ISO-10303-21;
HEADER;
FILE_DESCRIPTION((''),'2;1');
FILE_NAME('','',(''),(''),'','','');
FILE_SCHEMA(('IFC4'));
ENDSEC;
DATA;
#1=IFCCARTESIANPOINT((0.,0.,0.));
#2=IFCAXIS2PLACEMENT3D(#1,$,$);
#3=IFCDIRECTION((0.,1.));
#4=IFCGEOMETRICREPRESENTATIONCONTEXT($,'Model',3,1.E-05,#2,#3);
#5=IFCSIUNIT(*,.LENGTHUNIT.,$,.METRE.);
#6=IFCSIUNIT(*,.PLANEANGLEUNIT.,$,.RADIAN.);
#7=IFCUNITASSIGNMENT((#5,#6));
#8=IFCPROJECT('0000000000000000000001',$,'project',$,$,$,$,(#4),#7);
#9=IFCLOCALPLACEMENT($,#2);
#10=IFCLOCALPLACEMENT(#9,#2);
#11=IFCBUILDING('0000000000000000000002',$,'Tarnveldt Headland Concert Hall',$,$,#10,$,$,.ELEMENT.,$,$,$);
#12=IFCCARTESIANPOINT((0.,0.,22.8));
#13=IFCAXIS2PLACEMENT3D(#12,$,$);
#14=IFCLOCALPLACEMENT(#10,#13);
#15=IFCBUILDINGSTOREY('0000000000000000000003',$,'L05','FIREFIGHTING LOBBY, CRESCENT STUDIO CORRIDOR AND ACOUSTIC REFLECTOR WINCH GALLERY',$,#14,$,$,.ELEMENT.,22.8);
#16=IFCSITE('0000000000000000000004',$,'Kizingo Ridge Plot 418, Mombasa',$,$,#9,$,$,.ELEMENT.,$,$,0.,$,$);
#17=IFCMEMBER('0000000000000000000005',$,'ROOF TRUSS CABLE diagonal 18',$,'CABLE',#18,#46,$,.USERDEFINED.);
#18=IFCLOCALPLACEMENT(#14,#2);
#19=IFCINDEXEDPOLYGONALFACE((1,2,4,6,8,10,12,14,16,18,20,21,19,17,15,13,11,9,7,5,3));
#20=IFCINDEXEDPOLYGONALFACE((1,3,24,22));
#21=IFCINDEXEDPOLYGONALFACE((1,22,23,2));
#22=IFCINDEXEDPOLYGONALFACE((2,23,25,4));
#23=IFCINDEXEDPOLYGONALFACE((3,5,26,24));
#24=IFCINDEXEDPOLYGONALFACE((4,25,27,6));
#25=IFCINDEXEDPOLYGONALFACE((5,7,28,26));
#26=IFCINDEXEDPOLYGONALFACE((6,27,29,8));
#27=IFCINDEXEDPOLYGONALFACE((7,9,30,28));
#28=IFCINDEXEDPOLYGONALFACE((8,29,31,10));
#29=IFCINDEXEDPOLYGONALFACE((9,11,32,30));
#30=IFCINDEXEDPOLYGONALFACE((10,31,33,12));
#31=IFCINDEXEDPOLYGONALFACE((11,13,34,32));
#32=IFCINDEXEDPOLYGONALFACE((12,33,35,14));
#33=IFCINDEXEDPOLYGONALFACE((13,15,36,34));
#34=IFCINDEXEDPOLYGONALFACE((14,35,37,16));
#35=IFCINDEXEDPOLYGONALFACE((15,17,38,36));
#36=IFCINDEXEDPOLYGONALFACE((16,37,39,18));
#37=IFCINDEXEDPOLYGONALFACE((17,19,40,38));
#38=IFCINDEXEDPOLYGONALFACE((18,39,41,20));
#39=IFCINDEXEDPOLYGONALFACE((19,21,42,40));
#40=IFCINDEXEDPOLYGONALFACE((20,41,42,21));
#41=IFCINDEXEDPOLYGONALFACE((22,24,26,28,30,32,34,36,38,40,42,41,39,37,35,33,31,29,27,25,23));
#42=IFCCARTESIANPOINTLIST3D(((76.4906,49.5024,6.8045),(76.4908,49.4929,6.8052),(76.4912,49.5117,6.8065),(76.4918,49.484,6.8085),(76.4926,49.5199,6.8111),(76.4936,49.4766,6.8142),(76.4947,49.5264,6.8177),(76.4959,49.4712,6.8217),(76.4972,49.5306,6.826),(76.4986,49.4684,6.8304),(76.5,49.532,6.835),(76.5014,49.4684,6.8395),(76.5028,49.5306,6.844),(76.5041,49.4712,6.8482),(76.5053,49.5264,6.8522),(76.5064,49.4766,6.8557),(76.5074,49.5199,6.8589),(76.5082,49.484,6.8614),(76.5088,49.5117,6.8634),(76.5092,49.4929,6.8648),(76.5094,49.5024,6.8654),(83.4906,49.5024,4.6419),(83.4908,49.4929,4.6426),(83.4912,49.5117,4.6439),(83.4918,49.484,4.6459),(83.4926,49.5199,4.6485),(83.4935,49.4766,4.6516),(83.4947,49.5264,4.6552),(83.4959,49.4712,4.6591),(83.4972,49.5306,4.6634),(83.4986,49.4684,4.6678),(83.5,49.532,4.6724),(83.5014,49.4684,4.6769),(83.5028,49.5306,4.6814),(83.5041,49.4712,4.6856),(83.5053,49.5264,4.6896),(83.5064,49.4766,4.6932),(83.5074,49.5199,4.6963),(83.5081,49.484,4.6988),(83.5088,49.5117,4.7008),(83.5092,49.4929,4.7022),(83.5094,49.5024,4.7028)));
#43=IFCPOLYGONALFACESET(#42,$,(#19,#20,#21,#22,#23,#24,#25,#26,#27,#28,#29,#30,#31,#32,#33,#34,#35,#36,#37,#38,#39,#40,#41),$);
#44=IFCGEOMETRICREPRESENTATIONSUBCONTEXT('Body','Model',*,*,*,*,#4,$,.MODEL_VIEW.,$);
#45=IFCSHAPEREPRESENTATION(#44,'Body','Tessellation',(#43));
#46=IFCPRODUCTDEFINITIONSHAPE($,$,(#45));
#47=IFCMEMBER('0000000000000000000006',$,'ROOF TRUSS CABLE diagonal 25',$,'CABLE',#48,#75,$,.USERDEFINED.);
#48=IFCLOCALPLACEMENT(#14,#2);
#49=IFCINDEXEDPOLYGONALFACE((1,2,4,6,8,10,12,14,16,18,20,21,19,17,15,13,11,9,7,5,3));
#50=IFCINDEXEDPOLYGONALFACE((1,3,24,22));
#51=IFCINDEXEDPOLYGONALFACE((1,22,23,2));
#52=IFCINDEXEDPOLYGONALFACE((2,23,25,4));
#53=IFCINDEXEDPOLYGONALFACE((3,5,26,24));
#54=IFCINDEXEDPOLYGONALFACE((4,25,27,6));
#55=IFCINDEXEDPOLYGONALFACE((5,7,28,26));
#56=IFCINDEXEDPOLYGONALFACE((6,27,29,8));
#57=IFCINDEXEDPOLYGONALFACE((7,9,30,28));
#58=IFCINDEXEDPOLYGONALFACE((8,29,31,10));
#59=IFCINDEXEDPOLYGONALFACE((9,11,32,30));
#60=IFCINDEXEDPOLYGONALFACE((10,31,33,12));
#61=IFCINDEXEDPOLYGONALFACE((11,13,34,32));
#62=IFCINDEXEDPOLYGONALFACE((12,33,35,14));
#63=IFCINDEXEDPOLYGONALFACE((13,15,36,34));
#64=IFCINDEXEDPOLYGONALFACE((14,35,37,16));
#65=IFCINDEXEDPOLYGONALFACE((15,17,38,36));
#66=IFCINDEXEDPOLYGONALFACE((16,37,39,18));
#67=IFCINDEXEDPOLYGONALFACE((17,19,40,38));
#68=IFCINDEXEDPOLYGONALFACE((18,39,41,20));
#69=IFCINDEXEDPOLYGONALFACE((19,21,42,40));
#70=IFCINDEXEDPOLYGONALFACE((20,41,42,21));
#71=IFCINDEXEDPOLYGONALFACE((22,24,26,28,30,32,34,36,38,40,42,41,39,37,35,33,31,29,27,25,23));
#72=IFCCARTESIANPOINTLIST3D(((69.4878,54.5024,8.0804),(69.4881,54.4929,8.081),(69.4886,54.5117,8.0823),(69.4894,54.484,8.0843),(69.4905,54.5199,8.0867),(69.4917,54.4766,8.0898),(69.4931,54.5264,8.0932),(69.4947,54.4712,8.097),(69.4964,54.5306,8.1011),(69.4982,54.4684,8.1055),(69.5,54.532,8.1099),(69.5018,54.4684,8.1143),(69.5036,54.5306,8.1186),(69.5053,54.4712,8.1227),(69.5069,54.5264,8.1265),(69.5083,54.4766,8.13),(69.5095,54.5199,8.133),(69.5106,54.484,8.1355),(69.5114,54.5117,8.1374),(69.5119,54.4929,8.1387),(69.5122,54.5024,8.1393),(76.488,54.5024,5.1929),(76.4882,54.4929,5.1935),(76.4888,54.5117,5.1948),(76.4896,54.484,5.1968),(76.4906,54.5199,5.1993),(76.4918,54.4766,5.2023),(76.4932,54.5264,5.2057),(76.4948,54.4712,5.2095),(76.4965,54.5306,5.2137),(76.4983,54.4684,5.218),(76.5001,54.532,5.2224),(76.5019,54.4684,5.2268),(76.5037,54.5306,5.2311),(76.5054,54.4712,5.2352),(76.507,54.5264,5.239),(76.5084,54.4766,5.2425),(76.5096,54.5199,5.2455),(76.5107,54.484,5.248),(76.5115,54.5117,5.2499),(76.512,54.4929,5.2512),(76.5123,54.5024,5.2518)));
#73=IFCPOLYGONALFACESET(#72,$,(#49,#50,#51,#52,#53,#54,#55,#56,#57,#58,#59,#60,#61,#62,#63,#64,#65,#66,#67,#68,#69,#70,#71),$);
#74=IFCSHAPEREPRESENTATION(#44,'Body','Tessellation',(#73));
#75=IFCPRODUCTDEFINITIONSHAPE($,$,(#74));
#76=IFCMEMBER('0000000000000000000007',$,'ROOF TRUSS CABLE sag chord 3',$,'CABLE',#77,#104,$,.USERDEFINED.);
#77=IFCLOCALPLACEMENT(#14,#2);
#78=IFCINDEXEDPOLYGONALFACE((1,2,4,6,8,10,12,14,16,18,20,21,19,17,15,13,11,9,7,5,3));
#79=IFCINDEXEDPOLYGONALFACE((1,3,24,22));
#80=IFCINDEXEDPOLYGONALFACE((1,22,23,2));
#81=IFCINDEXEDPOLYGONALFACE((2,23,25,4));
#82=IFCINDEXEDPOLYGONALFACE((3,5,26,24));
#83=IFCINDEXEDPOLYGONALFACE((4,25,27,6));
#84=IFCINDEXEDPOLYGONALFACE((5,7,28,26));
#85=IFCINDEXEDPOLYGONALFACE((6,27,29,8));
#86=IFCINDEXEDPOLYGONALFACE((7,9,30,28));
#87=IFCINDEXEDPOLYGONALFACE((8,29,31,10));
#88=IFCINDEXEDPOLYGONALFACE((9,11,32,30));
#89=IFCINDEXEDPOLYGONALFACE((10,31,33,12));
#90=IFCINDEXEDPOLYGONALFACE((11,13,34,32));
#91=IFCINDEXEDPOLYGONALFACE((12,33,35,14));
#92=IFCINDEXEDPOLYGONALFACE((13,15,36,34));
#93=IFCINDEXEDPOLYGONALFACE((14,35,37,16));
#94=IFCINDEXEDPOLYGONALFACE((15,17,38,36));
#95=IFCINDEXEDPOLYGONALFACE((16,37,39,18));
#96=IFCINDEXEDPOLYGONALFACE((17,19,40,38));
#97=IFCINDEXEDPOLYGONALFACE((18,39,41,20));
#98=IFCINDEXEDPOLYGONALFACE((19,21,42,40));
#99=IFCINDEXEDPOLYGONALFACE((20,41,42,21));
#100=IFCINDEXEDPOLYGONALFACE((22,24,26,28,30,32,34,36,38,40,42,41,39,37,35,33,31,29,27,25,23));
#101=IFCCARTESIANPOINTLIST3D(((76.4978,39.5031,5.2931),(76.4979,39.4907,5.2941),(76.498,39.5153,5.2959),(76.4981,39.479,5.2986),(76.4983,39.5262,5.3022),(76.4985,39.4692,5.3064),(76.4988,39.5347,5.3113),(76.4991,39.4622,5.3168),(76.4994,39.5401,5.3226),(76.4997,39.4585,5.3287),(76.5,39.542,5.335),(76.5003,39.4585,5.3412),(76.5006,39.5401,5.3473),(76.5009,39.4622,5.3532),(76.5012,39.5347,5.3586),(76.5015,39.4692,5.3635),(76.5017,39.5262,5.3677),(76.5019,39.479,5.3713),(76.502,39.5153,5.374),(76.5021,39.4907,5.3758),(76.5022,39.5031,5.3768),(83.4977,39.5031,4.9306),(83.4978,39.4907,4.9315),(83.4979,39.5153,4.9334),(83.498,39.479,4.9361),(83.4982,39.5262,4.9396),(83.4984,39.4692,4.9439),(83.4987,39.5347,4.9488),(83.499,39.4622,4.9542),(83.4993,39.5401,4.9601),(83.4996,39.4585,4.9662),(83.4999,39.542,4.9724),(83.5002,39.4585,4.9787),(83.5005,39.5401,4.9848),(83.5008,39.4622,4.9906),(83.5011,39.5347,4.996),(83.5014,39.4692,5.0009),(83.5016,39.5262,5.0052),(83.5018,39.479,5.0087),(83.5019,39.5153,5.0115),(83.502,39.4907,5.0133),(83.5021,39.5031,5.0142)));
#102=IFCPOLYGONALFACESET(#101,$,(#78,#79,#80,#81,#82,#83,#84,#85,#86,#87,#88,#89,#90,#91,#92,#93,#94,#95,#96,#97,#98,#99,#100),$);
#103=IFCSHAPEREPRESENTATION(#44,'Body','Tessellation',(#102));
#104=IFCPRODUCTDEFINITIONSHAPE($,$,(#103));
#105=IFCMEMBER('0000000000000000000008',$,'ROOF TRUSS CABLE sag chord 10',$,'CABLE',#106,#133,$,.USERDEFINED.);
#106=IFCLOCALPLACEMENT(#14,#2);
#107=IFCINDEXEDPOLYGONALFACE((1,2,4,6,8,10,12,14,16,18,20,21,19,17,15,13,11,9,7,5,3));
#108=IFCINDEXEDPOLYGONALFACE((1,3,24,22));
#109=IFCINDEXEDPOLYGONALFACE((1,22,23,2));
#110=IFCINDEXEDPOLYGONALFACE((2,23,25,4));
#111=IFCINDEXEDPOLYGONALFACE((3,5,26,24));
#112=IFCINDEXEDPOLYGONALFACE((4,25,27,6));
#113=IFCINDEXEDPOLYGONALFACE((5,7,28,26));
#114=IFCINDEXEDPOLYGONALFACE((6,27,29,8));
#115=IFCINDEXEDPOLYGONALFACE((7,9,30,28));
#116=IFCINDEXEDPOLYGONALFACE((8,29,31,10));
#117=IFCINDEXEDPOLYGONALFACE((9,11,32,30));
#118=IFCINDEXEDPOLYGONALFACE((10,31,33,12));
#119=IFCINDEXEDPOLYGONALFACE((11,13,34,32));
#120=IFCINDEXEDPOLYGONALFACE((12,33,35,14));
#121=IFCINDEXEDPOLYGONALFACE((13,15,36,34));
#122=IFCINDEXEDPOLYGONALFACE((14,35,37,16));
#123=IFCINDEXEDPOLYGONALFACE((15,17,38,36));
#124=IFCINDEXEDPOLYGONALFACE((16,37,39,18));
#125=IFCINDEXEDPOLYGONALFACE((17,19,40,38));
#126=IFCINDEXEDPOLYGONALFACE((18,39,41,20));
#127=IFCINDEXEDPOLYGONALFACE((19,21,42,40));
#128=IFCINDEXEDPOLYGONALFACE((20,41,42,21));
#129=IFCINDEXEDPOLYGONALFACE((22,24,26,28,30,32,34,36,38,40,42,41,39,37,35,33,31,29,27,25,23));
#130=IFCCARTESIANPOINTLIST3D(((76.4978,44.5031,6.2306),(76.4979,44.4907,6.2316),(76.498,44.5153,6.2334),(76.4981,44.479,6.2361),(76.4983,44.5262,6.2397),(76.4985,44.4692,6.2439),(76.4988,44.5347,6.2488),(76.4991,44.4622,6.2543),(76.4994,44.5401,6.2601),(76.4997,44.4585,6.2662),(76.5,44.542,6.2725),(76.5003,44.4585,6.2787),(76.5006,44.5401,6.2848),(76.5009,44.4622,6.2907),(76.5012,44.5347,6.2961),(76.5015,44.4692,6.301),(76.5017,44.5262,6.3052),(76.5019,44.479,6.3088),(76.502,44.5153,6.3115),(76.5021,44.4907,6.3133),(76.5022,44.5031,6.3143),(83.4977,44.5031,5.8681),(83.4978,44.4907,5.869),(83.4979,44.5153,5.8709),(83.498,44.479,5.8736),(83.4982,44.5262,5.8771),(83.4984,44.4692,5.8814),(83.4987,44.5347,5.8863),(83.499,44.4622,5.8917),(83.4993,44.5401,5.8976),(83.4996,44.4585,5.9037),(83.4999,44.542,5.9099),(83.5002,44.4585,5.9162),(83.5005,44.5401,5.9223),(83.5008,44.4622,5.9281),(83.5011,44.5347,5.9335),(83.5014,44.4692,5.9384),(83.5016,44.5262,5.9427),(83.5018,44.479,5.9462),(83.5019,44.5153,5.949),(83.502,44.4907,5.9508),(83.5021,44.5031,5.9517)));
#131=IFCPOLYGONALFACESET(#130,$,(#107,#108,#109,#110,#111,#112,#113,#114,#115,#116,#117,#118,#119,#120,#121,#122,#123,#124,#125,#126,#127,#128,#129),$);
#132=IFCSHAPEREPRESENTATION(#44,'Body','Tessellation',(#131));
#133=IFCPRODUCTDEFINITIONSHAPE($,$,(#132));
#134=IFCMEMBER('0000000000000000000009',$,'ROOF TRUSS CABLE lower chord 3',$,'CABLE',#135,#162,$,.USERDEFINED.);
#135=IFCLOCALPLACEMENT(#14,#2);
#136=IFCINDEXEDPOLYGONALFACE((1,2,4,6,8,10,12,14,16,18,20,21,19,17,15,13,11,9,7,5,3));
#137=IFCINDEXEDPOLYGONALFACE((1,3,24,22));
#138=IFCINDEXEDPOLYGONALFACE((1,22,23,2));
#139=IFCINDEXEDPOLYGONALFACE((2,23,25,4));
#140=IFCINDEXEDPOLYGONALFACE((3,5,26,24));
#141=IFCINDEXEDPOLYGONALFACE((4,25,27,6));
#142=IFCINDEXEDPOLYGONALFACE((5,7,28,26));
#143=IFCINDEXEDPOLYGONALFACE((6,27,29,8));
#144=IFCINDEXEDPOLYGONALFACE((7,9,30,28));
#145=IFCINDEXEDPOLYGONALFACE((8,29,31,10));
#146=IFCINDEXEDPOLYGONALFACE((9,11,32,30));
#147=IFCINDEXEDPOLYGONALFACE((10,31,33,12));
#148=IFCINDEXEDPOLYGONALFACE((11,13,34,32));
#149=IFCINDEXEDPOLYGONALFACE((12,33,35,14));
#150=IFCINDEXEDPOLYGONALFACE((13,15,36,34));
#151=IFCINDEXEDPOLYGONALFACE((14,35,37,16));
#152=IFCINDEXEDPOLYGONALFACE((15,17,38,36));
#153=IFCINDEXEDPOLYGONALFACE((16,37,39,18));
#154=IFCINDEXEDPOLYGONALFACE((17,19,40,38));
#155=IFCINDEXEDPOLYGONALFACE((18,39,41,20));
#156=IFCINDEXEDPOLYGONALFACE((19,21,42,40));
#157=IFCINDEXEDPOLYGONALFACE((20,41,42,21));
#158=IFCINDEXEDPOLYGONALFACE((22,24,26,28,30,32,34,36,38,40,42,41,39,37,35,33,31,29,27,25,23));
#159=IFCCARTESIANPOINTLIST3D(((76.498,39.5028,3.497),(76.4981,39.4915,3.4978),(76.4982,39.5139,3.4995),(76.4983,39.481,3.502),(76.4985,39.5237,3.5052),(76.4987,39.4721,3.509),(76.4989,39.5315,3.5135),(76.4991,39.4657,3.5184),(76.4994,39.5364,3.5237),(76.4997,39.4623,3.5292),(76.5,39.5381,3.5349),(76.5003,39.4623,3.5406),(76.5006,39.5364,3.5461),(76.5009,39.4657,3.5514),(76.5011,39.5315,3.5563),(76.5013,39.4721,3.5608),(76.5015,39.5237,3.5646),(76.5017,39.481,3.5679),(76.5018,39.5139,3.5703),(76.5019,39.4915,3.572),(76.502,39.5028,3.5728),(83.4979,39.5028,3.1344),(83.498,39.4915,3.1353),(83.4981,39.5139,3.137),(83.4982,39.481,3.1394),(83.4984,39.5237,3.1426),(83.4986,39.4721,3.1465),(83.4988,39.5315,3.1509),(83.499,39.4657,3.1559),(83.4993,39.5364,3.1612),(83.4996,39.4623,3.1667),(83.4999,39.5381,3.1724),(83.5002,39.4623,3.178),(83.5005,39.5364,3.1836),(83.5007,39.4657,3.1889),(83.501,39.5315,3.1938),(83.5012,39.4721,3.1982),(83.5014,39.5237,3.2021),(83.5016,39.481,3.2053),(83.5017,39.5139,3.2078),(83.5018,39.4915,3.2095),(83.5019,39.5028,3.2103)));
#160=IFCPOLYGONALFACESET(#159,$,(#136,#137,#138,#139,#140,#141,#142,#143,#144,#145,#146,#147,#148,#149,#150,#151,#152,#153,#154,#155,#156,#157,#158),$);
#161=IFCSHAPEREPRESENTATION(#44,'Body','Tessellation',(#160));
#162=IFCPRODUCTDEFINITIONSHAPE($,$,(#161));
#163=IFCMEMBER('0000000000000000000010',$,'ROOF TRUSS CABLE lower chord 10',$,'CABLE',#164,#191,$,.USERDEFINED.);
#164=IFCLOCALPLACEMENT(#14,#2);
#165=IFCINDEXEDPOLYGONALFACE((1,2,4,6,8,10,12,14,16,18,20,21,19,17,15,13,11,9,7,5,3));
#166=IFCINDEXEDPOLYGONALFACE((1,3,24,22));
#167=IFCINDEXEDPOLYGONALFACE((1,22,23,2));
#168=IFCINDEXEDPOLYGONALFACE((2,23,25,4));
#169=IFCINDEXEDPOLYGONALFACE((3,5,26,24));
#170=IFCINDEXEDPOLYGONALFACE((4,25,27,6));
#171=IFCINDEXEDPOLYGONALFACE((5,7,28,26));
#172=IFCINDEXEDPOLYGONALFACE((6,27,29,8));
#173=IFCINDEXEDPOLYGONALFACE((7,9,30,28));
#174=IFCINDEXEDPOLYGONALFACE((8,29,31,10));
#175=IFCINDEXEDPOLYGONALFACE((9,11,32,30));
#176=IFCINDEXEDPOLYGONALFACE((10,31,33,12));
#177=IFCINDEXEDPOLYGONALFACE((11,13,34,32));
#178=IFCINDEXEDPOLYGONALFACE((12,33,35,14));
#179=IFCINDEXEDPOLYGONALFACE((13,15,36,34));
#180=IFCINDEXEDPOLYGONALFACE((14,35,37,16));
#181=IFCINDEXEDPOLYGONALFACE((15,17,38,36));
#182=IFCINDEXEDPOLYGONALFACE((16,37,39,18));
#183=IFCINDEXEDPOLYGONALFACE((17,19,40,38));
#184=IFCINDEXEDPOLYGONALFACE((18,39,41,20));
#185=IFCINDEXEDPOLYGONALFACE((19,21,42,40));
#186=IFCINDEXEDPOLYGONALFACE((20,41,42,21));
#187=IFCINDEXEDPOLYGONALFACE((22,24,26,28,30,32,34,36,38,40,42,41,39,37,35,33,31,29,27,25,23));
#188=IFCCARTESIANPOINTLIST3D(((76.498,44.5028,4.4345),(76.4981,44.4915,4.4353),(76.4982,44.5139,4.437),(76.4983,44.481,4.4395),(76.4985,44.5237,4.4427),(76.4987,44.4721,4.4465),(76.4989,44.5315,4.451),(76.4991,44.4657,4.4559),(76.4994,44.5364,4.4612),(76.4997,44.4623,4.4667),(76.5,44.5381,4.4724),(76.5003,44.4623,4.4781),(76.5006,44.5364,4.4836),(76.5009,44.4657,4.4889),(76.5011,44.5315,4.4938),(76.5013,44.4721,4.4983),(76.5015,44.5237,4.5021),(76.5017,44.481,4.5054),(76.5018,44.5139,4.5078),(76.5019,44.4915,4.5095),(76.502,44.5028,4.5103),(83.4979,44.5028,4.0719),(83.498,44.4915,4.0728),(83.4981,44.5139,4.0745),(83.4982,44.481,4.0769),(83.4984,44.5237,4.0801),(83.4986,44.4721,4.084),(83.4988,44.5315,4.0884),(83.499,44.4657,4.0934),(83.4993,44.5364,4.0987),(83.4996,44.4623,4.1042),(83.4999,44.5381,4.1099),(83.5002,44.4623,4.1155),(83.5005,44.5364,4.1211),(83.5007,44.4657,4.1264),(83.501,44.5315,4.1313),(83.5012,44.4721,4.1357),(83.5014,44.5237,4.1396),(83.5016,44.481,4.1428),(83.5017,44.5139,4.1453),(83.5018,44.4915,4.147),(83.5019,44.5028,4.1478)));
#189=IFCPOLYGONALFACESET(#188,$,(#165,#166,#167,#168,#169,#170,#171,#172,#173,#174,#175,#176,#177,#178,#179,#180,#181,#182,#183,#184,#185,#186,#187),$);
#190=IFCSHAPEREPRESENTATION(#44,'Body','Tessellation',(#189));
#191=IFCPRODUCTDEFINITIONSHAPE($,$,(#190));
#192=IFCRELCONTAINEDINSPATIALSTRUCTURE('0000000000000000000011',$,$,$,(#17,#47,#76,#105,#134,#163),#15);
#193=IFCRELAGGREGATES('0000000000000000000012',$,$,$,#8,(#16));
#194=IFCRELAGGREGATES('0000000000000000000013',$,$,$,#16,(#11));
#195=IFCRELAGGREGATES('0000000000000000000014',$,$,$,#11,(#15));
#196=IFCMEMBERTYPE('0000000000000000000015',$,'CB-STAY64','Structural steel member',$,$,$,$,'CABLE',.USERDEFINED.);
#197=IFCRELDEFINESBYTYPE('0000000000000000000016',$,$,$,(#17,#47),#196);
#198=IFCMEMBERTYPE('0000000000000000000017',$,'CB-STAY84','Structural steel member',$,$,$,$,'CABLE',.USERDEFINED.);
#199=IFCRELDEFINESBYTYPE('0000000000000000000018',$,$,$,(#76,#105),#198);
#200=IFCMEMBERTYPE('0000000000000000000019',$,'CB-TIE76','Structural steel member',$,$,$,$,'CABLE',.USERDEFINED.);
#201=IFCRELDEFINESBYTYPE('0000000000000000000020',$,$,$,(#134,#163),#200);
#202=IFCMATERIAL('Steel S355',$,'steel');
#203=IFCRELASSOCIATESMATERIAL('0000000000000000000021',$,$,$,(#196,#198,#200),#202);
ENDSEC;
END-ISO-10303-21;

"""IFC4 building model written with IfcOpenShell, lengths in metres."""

from ifc_helpers import new_model, si_unit, direction, frame, origin, origin_2d, place, context, subcontext, project, spatial, circle, extrude, material, material_profile, profile_set, type_object, element, save


model = new_model("IFC4")

# Units and contexts
model_context = context("Model", 3, precision=1e-05, world=origin(), true_north=direction((0.0, 1.0)))
body_context = subcontext(model_context, "Body", "Model", "MODEL_VIEW")
ifc_project = project(units=[si_unit("LENGTHUNIT", "METRE"), si_unit("PLANEANGLEUNIT", "RADIAN")], contexts=[model_context])

# Site, building, storey
site_placement = place(None, origin())
site = spatial("IfcSite", under=ifc_project, at=site_placement, Name="Kizingo Ridge Plot 418, Mombasa", CompositionType="ELEMENT", RefElevation=0.0)
building_placement = place(site_placement, origin())
building = spatial("IfcBuilding", under=site, at=building_placement, Name="Tarnveldt Headland Concert Hall", CompositionType="ELEMENT")
storey_placement = place(building_placement, frame((0.0, 0.0, 22.8)))
storey = spatial("IfcBuildingStorey", under=building, at=storey_placement, Name="L05", Description="FIREFIGHTING LOBBY, CRESCENT STUDIO CORRIDOR AND ACOUSTIC REFLECTOR WINCH GALLERY", CompositionType="ELEMENT", Elevation=22.8)

# Members
ifc_material_1 = material(Name="Steel S355", Category="steel")
ifc_material_profile_1 = material_profile(ifc_material_1, circle(Radius=0.032, at=origin_2d()), Name="LC D64", Category="steel")
ifc_profile_set_1 = profile_set([ifc_material_profile_1], Name="Steel S355")
member_type_1 = type_object("IfcMemberType", Name="CB-STAY64", Description="Structural steel member", ElementType="CABLE", PredefinedType="USERDEFINED", material=ifc_profile_set_1)
for number, where, z_axis, x_axis, name in (
    (1, (76.5, 49.5, 6.835), (0.955443, 0.0, -0.295177), (0.0, 1.0, 0.0), "ROOF TRUSS CABLE diagonal 18"),
):
    element("IfcMember", number, at=place(storey_placement, frame(where, z_axis=z_axis, x_axis=x_axis)), inside=storey, type_object=member_type_1, Name=name, ObjectType="CABLE", PredefinedType="USERDEFINED", context=body_context, shape_type="SweptSolid", body=[
        extrude(circle(Radius=0.032, at=origin_2d()), origin(), (0.0, 0.0, 1.0), 7.3264),
    ])
member_1_placement = place(storey_placement, frame((69.5, 54.5, 8.1099), z_axis=(0.924441, 0.0, -0.381325), x_axis=(0.0, 1.0, 0.0)))
element("IfcMember", 2, at=member_1_placement, inside=storey, type_object=member_type_1, Name="ROOF TRUSS CABLE diagonal 25", ObjectType="CABLE", PredefinedType="USERDEFINED", context=body_context, shape_type="SweptSolid", body=[
    extrude(circle(Radius=0.032, at=origin_2d()), origin(), (0.0, 0.0, 1.0), 7.5723),
])
ifc_material_profile_2 = material_profile(ifc_material_1, circle(Radius=0.042, at=origin_2d()), Name="LC D84", Category="steel")
ifc_profile_set_2 = profile_set([ifc_material_profile_2], Name="Steel S355")
member_type_2 = type_object("IfcMemberType", Name="CB-STAY84", Description="Structural steel member", ElementType="CABLE", PredefinedType="USERDEFINED", material=ifc_profile_set_2)
for number, where, z_axis, x_axis, name in (
    (3, (76.5, 39.5, 5.335), (0.998661, 0.0, -0.051723), (0.0, 1.0, 0.0), "ROOF TRUSS CABLE sag chord 3"),
    (4, (76.5, 44.5, 6.2725), (0.998661, 0.0, -0.051723), (0.0, 1.0, 0.0), "ROOF TRUSS CABLE sag chord 10"),
):
    element("IfcMember", number, at=place(storey_placement, frame(where, z_axis=z_axis, x_axis=x_axis)), inside=storey, type_object=member_type_2, Name=name, ObjectType="CABLE", PredefinedType="USERDEFINED", context=body_context, shape_type="SweptSolid", body=[
        extrude(circle(Radius=0.042, at=origin_2d()), origin(), (0.0, 0.0, 1.0), 7.0093),
    ])
ifc_material_profile_3 = material_profile(ifc_material_1, circle(Radius=0.0381, at=origin_2d()), Name="LC D76", Category="steel")
ifc_profile_set_3 = profile_set([ifc_material_profile_3], Name="Steel S355")
member_type_3 = type_object("IfcMemberType", Name="CB-TIE76", Description="Structural steel member", ElementType="CABLE", PredefinedType="USERDEFINED", material=ifc_profile_set_3)
for number, where, z_axis, x_axis, name in (
    (5, (76.5, 39.5, 3.5349), (0.998661, 0.0, -0.051723), (0.0, 1.0, 0.0), "ROOF TRUSS CABLE lower chord 3"),
    (6, (76.5, 44.5, 4.4724), (0.998661, 0.0, -0.051723), (0.0, 1.0, 0.0), "ROOF TRUSS CABLE lower chord 10"),
):
    element("IfcMember", number, at=place(storey_placement, frame(where, z_axis=z_axis, x_axis=x_axis)), inside=storey, type_object=member_type_3, Name=name, ObjectType="CABLE", PredefinedType="USERDEFINED", context=body_context, shape_type="SweptSolid", body=[
        extrude(circle(Radius=0.0381, at=origin_2d()), origin(), (0.0, 0.0, 1.0), 7.0093),
    ])

save(model, "model.ifc")
